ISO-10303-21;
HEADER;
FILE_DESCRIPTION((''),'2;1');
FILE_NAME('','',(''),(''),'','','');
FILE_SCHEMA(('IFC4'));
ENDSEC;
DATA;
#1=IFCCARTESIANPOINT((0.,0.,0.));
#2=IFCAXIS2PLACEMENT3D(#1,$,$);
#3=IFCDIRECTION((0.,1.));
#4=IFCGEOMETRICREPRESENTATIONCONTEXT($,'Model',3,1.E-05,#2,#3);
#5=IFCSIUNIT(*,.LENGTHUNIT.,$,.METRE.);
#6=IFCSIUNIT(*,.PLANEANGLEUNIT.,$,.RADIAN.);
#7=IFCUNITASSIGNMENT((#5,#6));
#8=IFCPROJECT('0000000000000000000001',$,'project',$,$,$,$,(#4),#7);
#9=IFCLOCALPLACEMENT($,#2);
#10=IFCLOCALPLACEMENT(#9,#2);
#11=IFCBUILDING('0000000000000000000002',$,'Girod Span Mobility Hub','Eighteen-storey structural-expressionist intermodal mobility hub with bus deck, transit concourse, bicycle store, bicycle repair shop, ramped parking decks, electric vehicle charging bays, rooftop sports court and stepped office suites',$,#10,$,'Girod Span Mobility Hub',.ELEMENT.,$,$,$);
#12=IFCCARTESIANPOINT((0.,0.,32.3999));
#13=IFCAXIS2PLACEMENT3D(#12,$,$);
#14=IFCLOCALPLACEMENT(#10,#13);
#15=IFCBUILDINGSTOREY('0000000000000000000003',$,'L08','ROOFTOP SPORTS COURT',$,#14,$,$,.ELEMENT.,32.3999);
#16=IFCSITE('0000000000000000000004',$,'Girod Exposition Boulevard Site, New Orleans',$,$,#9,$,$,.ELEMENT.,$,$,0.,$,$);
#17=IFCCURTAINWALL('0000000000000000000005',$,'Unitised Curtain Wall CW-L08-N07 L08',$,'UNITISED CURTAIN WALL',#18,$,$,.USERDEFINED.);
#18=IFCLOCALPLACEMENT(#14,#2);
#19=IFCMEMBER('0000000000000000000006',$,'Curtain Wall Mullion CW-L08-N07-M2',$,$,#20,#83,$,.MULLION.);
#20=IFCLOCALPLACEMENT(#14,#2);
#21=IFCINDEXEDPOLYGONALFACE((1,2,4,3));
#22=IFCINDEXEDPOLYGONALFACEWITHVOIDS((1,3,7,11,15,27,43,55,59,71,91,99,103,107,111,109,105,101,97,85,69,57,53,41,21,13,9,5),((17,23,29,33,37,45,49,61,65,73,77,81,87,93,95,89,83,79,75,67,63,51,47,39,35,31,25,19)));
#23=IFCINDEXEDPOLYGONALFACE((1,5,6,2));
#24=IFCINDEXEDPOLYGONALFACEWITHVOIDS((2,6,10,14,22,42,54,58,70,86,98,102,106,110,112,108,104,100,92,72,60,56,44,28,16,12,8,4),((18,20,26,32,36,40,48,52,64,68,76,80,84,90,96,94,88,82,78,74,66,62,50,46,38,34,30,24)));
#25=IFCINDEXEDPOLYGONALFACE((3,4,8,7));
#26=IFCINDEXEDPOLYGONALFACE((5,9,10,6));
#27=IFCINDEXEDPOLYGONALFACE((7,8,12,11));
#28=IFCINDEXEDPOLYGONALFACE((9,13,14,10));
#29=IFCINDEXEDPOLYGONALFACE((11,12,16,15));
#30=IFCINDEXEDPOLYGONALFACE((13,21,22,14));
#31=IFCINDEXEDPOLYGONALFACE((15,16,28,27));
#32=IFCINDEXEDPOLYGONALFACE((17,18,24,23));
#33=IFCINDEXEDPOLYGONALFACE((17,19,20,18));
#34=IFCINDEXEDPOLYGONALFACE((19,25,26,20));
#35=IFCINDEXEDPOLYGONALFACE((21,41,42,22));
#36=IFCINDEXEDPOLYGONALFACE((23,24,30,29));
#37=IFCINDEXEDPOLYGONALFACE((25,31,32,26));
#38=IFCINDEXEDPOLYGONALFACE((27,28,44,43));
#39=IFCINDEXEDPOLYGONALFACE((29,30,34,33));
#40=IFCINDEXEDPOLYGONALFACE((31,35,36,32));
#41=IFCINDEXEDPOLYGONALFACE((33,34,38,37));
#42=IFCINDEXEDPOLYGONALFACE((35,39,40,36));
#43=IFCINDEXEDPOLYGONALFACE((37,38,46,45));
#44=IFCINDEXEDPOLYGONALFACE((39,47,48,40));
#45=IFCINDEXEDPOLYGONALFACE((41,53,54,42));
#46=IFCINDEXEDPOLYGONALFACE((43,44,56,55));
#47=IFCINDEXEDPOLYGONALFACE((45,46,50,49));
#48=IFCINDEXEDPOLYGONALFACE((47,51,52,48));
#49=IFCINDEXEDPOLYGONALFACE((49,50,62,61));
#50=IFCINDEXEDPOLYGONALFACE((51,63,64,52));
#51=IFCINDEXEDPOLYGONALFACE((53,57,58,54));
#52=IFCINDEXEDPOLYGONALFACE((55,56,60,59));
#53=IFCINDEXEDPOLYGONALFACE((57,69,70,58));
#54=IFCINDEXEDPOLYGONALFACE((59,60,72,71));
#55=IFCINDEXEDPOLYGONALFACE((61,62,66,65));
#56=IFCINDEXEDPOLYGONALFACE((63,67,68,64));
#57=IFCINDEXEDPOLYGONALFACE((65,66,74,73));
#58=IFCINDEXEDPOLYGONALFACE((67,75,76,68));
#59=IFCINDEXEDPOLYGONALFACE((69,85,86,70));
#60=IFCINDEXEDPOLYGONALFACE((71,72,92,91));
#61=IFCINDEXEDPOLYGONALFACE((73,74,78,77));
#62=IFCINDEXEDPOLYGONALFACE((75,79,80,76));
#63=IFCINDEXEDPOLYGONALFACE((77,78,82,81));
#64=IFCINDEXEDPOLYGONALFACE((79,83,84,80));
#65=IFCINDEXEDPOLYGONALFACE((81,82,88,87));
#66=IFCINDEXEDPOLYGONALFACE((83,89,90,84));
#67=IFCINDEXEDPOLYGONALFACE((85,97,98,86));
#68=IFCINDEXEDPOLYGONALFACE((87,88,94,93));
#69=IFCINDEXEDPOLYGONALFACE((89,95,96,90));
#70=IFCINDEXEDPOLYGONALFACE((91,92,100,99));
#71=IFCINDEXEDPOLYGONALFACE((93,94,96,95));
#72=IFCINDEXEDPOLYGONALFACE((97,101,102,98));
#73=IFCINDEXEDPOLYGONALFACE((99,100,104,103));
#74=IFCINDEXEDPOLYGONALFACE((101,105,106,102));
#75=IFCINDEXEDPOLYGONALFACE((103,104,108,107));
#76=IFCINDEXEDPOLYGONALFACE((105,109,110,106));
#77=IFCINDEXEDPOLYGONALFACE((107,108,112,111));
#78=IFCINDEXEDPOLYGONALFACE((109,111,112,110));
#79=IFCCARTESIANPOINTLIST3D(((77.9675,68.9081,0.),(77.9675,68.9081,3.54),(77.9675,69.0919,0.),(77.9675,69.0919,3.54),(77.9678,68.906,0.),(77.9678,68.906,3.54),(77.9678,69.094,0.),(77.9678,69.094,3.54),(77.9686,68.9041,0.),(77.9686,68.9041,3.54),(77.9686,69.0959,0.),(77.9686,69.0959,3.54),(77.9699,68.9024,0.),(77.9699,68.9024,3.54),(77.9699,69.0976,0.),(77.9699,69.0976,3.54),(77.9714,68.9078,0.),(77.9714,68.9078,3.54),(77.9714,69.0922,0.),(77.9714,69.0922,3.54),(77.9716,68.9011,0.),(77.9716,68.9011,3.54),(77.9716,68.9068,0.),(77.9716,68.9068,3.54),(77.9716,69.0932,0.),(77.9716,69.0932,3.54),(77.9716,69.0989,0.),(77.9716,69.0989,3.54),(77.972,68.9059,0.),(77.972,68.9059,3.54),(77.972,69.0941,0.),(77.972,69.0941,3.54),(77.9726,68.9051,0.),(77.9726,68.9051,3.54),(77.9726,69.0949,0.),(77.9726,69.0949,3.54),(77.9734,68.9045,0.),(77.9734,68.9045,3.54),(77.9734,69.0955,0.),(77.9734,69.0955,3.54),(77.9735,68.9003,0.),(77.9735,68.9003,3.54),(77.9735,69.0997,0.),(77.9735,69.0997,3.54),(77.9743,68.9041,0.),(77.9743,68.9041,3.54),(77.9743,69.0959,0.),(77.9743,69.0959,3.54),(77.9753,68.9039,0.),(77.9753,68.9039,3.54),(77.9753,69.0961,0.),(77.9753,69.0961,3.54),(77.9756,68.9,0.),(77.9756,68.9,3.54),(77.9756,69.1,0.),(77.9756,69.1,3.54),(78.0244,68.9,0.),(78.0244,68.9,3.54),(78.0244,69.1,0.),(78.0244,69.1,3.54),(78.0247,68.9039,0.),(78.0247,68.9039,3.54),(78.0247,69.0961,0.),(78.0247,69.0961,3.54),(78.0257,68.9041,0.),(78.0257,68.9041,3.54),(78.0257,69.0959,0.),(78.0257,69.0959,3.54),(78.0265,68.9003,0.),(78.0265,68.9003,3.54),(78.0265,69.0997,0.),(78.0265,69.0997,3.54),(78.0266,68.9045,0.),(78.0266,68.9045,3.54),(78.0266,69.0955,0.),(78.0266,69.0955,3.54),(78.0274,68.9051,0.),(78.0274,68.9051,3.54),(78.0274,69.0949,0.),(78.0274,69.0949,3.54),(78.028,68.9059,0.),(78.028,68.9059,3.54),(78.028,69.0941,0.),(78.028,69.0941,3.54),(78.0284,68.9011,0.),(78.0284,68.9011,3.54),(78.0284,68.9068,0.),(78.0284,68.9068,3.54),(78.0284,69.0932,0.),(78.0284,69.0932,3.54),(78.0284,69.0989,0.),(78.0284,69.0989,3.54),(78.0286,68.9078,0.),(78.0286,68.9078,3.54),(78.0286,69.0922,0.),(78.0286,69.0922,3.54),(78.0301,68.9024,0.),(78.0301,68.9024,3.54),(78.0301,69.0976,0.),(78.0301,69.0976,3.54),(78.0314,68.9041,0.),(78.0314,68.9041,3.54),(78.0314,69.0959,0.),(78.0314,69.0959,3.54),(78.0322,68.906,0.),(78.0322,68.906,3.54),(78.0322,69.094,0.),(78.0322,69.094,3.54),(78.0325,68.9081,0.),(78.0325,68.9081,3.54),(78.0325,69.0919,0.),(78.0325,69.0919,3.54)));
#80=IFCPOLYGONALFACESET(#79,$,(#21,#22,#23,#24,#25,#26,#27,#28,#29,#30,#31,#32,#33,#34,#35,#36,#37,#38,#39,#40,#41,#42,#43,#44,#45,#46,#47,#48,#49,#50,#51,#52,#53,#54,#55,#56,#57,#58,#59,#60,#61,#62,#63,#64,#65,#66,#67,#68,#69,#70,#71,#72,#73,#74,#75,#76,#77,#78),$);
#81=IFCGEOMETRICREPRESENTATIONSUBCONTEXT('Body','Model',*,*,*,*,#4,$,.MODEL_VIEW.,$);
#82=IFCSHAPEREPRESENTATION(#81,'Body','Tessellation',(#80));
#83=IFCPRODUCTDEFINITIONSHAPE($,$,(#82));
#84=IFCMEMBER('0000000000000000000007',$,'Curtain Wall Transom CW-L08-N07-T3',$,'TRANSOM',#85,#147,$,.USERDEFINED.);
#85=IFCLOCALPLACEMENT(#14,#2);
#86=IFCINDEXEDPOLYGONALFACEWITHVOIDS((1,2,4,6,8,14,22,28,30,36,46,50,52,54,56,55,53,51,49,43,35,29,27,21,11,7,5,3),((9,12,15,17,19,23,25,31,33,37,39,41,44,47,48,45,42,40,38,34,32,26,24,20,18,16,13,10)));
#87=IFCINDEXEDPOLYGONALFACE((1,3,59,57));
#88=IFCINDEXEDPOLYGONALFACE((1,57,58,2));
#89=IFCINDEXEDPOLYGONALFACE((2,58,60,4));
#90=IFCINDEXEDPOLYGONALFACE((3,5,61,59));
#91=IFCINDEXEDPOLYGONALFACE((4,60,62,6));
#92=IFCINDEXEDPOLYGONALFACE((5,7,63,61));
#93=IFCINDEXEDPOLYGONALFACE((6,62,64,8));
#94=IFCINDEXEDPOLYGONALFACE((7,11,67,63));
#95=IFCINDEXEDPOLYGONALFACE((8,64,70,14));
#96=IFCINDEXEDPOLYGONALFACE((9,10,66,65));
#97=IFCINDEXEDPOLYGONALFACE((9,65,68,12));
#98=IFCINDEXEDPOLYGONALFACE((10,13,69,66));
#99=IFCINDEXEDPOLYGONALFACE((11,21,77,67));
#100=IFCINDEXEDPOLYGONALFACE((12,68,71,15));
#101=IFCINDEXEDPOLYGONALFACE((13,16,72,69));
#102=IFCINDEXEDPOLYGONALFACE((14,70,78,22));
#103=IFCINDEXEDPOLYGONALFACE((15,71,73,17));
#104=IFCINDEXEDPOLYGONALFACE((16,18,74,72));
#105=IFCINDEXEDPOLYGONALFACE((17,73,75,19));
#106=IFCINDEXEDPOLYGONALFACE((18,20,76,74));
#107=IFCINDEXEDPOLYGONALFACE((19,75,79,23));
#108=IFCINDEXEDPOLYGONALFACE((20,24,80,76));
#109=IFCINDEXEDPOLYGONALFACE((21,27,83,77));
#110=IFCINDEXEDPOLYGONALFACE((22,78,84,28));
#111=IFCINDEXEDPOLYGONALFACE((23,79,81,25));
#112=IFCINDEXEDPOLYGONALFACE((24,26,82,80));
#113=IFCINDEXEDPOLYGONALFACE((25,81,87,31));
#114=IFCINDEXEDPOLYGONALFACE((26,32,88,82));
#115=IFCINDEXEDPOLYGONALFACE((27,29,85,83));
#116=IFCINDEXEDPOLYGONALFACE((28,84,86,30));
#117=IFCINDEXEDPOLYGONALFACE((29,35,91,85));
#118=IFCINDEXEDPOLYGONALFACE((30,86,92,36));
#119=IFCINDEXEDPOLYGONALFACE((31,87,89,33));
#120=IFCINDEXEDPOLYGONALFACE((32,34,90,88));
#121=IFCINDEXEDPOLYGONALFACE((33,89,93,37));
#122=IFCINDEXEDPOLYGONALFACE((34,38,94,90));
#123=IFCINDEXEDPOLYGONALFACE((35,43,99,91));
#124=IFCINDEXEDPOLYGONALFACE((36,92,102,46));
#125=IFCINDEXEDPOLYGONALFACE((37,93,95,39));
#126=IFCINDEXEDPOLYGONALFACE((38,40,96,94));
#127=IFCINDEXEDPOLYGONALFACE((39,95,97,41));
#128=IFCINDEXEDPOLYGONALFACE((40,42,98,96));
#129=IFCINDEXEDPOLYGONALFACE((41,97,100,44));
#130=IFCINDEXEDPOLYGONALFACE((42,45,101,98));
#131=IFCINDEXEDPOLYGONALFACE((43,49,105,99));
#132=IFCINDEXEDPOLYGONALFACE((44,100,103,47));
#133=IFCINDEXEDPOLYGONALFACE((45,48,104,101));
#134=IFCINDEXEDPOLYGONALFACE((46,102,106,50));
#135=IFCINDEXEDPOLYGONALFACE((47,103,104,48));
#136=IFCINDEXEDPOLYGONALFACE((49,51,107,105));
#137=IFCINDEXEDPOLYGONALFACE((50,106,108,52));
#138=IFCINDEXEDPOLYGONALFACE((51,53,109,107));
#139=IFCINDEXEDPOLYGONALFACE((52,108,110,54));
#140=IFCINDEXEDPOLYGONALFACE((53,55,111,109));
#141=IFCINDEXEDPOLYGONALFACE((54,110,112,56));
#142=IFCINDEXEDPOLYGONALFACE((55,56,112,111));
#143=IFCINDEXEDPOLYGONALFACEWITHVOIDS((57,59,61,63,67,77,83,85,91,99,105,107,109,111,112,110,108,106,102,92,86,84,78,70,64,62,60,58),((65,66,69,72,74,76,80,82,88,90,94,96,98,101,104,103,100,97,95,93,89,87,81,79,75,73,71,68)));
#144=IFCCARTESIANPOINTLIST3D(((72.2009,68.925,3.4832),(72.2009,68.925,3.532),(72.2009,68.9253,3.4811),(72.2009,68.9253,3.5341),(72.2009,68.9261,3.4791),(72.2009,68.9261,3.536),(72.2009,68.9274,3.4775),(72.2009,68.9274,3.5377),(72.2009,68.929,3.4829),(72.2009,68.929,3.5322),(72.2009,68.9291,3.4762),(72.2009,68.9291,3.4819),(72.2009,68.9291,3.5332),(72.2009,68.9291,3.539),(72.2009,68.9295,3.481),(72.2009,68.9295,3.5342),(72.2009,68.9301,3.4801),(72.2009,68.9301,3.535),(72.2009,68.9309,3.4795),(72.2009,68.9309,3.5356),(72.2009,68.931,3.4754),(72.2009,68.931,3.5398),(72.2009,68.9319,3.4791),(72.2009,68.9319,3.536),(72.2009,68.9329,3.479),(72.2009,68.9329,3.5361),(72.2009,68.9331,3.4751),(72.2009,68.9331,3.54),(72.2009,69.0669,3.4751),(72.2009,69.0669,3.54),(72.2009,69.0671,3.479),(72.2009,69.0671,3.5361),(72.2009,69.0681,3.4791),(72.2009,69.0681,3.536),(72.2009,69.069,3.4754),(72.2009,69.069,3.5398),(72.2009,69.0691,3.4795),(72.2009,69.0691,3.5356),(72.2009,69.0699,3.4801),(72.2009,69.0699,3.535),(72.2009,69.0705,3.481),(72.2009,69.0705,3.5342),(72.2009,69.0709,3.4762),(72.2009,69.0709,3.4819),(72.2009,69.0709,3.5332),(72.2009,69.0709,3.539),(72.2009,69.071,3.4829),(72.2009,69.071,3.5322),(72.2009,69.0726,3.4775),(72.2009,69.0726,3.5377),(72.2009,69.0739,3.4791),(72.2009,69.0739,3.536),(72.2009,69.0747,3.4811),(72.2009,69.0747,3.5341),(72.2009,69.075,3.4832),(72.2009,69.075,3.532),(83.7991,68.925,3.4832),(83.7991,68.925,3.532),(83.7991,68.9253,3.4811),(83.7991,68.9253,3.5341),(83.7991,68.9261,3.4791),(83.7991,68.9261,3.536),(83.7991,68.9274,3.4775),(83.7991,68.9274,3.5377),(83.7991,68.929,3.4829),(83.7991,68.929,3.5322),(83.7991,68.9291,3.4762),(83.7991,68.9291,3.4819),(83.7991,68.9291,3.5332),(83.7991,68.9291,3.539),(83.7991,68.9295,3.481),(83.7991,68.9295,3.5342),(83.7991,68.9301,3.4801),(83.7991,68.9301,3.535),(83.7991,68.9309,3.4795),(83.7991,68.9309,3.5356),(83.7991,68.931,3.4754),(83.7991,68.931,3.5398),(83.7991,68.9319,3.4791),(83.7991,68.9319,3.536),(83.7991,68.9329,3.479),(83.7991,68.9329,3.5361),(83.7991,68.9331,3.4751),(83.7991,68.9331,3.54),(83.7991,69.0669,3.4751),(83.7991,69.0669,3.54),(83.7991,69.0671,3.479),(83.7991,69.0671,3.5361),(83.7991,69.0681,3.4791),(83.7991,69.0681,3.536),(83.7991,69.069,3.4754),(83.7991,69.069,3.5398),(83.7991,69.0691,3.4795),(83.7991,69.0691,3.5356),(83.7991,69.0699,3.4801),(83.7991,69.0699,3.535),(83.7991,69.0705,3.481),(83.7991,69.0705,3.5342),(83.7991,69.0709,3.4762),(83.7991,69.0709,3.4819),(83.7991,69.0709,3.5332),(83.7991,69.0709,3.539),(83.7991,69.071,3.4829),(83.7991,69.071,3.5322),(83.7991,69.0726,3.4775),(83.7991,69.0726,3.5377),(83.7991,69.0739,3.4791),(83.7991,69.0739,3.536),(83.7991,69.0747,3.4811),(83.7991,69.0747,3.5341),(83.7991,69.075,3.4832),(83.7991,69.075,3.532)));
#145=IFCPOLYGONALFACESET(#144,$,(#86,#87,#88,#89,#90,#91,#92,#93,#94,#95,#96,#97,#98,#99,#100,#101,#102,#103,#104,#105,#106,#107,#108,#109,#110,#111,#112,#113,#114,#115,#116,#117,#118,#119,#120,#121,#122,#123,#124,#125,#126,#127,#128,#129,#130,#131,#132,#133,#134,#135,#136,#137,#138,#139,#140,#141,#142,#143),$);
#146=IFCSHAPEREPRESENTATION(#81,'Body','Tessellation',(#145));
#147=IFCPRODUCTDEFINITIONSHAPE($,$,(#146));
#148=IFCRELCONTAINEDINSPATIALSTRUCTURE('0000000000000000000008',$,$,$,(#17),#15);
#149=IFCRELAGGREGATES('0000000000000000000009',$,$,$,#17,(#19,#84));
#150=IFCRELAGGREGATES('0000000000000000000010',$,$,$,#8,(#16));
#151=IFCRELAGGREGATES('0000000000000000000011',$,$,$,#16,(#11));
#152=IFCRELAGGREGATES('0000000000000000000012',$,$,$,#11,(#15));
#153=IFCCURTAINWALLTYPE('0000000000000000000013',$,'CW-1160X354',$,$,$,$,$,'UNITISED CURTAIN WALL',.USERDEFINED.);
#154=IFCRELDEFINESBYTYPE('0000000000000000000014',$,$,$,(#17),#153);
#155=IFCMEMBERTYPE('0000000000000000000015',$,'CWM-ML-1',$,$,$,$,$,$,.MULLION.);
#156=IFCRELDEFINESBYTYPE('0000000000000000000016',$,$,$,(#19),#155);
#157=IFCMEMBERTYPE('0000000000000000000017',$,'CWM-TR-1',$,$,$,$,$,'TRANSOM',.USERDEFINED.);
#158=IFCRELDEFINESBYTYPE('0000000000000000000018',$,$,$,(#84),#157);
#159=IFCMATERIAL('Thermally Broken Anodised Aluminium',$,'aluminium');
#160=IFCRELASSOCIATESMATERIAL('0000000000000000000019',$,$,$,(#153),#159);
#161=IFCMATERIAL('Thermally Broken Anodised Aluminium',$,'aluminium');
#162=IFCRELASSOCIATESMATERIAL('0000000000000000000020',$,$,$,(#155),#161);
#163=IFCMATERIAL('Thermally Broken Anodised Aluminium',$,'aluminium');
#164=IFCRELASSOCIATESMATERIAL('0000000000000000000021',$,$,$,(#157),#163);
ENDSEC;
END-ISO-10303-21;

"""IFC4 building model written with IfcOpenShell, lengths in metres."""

from ifc_helpers import new_model, si_unit, direction, frame, origin, origin_2d, place, context, subcontext, project, spatial, hollow_rectangle, extrude, material, material_profile, profile_set, type_object, element, aggregate, save


model = new_model("IFC4")

# Units and contexts
model_context = context("Model", 3, precision=1e-05, world=origin(), true_north=direction((0.0, 1.0)))
body_context = subcontext(model_context, "Body", "Model", "MODEL_VIEW")
ifc_project = project(units=[si_unit("LENGTHUNIT", "METRE"), si_unit("PLANEANGLEUNIT", "RADIAN")], contexts=[model_context])

# Site, building, storey
site_placement = place(None, origin())
site = spatial("IfcSite", under=ifc_project, at=site_placement, Name="Girod Exposition Boulevard Site, New Orleans", CompositionType="ELEMENT", RefElevation=0.0)
building_placement = place(site_placement, origin())
building = spatial("IfcBuilding", under=site, at=building_placement, Name="Girod Span Mobility Hub", Description="Eighteen-storey structural-expressionist intermodal mobility hub with bus deck, transit concourse, bicycle store, bicycle repair shop, ramped parking decks, electric vehicle charging bays, rooftop sports court and stepped office suites", LongName="Girod Span Mobility Hub", CompositionType="ELEMENT")
storey_placement = place(building_placement, frame((0.0, 0.0, 32.3999)))
storey = spatial("IfcBuildingStorey", under=building, at=storey_placement, Name="L08", Description="ROOFTOP SPORTS COURT", CompositionType="ELEMENT", Elevation=32.3999)

# Curtain wall, members
ifc_material_1 = material(Name="Thermally Broken Anodised Aluminium", Category="aluminium")
curtain_wall_type = type_object("IfcCurtainWallType", Name="CW-1160X354", ElementType="UNITISED CURTAIN WALL", PredefinedType="USERDEFINED", material=ifc_material_1)
curtain_wall_placement = place(storey_placement, origin())
curtain_wall = element("IfcCurtainWall", 1, at=curtain_wall_placement, inside=storey, type_object=curtain_wall_type, Name="Unitised Curtain Wall CW-L08-N07 L08", ObjectType="UNITISED CURTAIN WALL", PredefinedType="USERDEFINED")
ifc_material_2 = material(Name="Thermally Broken Anodised Aluminium", Category="aluminium")
ifc_material_profile_1 = material_profile(ifc_material_2, hollow_rectangle(XDim=0.2, YDim=0.0649, WallThickness=0.0039, InnerFilletRadius=0.0039, OuterFilletRadius=0.0081, at=origin_2d()), Name="CW-ML-65X200")
ifc_profile_set_1 = profile_set([ifc_material_profile_1], Name="Thermally Broken Anodised Aluminium")
member_type_1 = type_object("IfcMemberType", Name="CWM-ML-1", PredefinedType="MULLION", material=ifc_profile_set_1)
member_1_placement = place(storey_placement, frame((78.0, 69.0, 0.0), z_axis=(0.0, 0.0, 1.0), x_axis=(0.0, 1.0, 0.0)))
member_1 = element("IfcMember", 2, at=member_1_placement, type_object=member_type_1, Name="Curtain Wall Mullion CW-L08-N07-M2", PredefinedType="MULLION", context=body_context, shape_type="SweptSolid", body=[
    extrude(hollow_rectangle(XDim=0.2, YDim=0.0649, WallThickness=0.0039, InnerFilletRadius=0.0039, OuterFilletRadius=0.0081, at=origin_2d()), origin(), (0.0, 0.0, 1.0), 3.54),
])
ifc_material_3 = material(Name="Thermally Broken Anodised Aluminium", Category="aluminium")
ifc_material_profile_2 = material_profile(ifc_material_3, hollow_rectangle(XDim=0.1499, YDim=0.0649, WallThickness=0.0039, InnerFilletRadius=0.0039, OuterFilletRadius=0.0081, at=origin_2d()), Name="CW-TR-65X150")
ifc_profile_set_2 = profile_set([ifc_material_profile_2], Name="Thermally Broken Anodised Aluminium")
member_type_2 = type_object("IfcMemberType", Name="CWM-TR-1", ElementType="TRANSOM", PredefinedType="USERDEFINED", material=ifc_profile_set_2)
member_2_placement = place(storey_placement, frame((72.2009, 69.0, 3.5076), z_axis=(1.0, 0.0, 0.0), x_axis=(0.0, 1.0, 0.0)))
member_2 = element("IfcMember", 3, at=member_2_placement, type_object=member_type_2, Name="Curtain Wall Transom CW-L08-N07-T3", ObjectType="TRANSOM", PredefinedType="USERDEFINED", context=body_context, shape_type="SweptSolid", body=[
    extrude(hollow_rectangle(XDim=0.1499, YDim=0.0649, WallThickness=0.0039, InnerFilletRadius=0.0039, OuterFilletRadius=0.0081, at=origin_2d()), origin(), (0.0, 0.0, 1.0), 11.5981),
])

aggregate(curtain_wall, [member_1, member_2])

save(model, "model.ifc")
